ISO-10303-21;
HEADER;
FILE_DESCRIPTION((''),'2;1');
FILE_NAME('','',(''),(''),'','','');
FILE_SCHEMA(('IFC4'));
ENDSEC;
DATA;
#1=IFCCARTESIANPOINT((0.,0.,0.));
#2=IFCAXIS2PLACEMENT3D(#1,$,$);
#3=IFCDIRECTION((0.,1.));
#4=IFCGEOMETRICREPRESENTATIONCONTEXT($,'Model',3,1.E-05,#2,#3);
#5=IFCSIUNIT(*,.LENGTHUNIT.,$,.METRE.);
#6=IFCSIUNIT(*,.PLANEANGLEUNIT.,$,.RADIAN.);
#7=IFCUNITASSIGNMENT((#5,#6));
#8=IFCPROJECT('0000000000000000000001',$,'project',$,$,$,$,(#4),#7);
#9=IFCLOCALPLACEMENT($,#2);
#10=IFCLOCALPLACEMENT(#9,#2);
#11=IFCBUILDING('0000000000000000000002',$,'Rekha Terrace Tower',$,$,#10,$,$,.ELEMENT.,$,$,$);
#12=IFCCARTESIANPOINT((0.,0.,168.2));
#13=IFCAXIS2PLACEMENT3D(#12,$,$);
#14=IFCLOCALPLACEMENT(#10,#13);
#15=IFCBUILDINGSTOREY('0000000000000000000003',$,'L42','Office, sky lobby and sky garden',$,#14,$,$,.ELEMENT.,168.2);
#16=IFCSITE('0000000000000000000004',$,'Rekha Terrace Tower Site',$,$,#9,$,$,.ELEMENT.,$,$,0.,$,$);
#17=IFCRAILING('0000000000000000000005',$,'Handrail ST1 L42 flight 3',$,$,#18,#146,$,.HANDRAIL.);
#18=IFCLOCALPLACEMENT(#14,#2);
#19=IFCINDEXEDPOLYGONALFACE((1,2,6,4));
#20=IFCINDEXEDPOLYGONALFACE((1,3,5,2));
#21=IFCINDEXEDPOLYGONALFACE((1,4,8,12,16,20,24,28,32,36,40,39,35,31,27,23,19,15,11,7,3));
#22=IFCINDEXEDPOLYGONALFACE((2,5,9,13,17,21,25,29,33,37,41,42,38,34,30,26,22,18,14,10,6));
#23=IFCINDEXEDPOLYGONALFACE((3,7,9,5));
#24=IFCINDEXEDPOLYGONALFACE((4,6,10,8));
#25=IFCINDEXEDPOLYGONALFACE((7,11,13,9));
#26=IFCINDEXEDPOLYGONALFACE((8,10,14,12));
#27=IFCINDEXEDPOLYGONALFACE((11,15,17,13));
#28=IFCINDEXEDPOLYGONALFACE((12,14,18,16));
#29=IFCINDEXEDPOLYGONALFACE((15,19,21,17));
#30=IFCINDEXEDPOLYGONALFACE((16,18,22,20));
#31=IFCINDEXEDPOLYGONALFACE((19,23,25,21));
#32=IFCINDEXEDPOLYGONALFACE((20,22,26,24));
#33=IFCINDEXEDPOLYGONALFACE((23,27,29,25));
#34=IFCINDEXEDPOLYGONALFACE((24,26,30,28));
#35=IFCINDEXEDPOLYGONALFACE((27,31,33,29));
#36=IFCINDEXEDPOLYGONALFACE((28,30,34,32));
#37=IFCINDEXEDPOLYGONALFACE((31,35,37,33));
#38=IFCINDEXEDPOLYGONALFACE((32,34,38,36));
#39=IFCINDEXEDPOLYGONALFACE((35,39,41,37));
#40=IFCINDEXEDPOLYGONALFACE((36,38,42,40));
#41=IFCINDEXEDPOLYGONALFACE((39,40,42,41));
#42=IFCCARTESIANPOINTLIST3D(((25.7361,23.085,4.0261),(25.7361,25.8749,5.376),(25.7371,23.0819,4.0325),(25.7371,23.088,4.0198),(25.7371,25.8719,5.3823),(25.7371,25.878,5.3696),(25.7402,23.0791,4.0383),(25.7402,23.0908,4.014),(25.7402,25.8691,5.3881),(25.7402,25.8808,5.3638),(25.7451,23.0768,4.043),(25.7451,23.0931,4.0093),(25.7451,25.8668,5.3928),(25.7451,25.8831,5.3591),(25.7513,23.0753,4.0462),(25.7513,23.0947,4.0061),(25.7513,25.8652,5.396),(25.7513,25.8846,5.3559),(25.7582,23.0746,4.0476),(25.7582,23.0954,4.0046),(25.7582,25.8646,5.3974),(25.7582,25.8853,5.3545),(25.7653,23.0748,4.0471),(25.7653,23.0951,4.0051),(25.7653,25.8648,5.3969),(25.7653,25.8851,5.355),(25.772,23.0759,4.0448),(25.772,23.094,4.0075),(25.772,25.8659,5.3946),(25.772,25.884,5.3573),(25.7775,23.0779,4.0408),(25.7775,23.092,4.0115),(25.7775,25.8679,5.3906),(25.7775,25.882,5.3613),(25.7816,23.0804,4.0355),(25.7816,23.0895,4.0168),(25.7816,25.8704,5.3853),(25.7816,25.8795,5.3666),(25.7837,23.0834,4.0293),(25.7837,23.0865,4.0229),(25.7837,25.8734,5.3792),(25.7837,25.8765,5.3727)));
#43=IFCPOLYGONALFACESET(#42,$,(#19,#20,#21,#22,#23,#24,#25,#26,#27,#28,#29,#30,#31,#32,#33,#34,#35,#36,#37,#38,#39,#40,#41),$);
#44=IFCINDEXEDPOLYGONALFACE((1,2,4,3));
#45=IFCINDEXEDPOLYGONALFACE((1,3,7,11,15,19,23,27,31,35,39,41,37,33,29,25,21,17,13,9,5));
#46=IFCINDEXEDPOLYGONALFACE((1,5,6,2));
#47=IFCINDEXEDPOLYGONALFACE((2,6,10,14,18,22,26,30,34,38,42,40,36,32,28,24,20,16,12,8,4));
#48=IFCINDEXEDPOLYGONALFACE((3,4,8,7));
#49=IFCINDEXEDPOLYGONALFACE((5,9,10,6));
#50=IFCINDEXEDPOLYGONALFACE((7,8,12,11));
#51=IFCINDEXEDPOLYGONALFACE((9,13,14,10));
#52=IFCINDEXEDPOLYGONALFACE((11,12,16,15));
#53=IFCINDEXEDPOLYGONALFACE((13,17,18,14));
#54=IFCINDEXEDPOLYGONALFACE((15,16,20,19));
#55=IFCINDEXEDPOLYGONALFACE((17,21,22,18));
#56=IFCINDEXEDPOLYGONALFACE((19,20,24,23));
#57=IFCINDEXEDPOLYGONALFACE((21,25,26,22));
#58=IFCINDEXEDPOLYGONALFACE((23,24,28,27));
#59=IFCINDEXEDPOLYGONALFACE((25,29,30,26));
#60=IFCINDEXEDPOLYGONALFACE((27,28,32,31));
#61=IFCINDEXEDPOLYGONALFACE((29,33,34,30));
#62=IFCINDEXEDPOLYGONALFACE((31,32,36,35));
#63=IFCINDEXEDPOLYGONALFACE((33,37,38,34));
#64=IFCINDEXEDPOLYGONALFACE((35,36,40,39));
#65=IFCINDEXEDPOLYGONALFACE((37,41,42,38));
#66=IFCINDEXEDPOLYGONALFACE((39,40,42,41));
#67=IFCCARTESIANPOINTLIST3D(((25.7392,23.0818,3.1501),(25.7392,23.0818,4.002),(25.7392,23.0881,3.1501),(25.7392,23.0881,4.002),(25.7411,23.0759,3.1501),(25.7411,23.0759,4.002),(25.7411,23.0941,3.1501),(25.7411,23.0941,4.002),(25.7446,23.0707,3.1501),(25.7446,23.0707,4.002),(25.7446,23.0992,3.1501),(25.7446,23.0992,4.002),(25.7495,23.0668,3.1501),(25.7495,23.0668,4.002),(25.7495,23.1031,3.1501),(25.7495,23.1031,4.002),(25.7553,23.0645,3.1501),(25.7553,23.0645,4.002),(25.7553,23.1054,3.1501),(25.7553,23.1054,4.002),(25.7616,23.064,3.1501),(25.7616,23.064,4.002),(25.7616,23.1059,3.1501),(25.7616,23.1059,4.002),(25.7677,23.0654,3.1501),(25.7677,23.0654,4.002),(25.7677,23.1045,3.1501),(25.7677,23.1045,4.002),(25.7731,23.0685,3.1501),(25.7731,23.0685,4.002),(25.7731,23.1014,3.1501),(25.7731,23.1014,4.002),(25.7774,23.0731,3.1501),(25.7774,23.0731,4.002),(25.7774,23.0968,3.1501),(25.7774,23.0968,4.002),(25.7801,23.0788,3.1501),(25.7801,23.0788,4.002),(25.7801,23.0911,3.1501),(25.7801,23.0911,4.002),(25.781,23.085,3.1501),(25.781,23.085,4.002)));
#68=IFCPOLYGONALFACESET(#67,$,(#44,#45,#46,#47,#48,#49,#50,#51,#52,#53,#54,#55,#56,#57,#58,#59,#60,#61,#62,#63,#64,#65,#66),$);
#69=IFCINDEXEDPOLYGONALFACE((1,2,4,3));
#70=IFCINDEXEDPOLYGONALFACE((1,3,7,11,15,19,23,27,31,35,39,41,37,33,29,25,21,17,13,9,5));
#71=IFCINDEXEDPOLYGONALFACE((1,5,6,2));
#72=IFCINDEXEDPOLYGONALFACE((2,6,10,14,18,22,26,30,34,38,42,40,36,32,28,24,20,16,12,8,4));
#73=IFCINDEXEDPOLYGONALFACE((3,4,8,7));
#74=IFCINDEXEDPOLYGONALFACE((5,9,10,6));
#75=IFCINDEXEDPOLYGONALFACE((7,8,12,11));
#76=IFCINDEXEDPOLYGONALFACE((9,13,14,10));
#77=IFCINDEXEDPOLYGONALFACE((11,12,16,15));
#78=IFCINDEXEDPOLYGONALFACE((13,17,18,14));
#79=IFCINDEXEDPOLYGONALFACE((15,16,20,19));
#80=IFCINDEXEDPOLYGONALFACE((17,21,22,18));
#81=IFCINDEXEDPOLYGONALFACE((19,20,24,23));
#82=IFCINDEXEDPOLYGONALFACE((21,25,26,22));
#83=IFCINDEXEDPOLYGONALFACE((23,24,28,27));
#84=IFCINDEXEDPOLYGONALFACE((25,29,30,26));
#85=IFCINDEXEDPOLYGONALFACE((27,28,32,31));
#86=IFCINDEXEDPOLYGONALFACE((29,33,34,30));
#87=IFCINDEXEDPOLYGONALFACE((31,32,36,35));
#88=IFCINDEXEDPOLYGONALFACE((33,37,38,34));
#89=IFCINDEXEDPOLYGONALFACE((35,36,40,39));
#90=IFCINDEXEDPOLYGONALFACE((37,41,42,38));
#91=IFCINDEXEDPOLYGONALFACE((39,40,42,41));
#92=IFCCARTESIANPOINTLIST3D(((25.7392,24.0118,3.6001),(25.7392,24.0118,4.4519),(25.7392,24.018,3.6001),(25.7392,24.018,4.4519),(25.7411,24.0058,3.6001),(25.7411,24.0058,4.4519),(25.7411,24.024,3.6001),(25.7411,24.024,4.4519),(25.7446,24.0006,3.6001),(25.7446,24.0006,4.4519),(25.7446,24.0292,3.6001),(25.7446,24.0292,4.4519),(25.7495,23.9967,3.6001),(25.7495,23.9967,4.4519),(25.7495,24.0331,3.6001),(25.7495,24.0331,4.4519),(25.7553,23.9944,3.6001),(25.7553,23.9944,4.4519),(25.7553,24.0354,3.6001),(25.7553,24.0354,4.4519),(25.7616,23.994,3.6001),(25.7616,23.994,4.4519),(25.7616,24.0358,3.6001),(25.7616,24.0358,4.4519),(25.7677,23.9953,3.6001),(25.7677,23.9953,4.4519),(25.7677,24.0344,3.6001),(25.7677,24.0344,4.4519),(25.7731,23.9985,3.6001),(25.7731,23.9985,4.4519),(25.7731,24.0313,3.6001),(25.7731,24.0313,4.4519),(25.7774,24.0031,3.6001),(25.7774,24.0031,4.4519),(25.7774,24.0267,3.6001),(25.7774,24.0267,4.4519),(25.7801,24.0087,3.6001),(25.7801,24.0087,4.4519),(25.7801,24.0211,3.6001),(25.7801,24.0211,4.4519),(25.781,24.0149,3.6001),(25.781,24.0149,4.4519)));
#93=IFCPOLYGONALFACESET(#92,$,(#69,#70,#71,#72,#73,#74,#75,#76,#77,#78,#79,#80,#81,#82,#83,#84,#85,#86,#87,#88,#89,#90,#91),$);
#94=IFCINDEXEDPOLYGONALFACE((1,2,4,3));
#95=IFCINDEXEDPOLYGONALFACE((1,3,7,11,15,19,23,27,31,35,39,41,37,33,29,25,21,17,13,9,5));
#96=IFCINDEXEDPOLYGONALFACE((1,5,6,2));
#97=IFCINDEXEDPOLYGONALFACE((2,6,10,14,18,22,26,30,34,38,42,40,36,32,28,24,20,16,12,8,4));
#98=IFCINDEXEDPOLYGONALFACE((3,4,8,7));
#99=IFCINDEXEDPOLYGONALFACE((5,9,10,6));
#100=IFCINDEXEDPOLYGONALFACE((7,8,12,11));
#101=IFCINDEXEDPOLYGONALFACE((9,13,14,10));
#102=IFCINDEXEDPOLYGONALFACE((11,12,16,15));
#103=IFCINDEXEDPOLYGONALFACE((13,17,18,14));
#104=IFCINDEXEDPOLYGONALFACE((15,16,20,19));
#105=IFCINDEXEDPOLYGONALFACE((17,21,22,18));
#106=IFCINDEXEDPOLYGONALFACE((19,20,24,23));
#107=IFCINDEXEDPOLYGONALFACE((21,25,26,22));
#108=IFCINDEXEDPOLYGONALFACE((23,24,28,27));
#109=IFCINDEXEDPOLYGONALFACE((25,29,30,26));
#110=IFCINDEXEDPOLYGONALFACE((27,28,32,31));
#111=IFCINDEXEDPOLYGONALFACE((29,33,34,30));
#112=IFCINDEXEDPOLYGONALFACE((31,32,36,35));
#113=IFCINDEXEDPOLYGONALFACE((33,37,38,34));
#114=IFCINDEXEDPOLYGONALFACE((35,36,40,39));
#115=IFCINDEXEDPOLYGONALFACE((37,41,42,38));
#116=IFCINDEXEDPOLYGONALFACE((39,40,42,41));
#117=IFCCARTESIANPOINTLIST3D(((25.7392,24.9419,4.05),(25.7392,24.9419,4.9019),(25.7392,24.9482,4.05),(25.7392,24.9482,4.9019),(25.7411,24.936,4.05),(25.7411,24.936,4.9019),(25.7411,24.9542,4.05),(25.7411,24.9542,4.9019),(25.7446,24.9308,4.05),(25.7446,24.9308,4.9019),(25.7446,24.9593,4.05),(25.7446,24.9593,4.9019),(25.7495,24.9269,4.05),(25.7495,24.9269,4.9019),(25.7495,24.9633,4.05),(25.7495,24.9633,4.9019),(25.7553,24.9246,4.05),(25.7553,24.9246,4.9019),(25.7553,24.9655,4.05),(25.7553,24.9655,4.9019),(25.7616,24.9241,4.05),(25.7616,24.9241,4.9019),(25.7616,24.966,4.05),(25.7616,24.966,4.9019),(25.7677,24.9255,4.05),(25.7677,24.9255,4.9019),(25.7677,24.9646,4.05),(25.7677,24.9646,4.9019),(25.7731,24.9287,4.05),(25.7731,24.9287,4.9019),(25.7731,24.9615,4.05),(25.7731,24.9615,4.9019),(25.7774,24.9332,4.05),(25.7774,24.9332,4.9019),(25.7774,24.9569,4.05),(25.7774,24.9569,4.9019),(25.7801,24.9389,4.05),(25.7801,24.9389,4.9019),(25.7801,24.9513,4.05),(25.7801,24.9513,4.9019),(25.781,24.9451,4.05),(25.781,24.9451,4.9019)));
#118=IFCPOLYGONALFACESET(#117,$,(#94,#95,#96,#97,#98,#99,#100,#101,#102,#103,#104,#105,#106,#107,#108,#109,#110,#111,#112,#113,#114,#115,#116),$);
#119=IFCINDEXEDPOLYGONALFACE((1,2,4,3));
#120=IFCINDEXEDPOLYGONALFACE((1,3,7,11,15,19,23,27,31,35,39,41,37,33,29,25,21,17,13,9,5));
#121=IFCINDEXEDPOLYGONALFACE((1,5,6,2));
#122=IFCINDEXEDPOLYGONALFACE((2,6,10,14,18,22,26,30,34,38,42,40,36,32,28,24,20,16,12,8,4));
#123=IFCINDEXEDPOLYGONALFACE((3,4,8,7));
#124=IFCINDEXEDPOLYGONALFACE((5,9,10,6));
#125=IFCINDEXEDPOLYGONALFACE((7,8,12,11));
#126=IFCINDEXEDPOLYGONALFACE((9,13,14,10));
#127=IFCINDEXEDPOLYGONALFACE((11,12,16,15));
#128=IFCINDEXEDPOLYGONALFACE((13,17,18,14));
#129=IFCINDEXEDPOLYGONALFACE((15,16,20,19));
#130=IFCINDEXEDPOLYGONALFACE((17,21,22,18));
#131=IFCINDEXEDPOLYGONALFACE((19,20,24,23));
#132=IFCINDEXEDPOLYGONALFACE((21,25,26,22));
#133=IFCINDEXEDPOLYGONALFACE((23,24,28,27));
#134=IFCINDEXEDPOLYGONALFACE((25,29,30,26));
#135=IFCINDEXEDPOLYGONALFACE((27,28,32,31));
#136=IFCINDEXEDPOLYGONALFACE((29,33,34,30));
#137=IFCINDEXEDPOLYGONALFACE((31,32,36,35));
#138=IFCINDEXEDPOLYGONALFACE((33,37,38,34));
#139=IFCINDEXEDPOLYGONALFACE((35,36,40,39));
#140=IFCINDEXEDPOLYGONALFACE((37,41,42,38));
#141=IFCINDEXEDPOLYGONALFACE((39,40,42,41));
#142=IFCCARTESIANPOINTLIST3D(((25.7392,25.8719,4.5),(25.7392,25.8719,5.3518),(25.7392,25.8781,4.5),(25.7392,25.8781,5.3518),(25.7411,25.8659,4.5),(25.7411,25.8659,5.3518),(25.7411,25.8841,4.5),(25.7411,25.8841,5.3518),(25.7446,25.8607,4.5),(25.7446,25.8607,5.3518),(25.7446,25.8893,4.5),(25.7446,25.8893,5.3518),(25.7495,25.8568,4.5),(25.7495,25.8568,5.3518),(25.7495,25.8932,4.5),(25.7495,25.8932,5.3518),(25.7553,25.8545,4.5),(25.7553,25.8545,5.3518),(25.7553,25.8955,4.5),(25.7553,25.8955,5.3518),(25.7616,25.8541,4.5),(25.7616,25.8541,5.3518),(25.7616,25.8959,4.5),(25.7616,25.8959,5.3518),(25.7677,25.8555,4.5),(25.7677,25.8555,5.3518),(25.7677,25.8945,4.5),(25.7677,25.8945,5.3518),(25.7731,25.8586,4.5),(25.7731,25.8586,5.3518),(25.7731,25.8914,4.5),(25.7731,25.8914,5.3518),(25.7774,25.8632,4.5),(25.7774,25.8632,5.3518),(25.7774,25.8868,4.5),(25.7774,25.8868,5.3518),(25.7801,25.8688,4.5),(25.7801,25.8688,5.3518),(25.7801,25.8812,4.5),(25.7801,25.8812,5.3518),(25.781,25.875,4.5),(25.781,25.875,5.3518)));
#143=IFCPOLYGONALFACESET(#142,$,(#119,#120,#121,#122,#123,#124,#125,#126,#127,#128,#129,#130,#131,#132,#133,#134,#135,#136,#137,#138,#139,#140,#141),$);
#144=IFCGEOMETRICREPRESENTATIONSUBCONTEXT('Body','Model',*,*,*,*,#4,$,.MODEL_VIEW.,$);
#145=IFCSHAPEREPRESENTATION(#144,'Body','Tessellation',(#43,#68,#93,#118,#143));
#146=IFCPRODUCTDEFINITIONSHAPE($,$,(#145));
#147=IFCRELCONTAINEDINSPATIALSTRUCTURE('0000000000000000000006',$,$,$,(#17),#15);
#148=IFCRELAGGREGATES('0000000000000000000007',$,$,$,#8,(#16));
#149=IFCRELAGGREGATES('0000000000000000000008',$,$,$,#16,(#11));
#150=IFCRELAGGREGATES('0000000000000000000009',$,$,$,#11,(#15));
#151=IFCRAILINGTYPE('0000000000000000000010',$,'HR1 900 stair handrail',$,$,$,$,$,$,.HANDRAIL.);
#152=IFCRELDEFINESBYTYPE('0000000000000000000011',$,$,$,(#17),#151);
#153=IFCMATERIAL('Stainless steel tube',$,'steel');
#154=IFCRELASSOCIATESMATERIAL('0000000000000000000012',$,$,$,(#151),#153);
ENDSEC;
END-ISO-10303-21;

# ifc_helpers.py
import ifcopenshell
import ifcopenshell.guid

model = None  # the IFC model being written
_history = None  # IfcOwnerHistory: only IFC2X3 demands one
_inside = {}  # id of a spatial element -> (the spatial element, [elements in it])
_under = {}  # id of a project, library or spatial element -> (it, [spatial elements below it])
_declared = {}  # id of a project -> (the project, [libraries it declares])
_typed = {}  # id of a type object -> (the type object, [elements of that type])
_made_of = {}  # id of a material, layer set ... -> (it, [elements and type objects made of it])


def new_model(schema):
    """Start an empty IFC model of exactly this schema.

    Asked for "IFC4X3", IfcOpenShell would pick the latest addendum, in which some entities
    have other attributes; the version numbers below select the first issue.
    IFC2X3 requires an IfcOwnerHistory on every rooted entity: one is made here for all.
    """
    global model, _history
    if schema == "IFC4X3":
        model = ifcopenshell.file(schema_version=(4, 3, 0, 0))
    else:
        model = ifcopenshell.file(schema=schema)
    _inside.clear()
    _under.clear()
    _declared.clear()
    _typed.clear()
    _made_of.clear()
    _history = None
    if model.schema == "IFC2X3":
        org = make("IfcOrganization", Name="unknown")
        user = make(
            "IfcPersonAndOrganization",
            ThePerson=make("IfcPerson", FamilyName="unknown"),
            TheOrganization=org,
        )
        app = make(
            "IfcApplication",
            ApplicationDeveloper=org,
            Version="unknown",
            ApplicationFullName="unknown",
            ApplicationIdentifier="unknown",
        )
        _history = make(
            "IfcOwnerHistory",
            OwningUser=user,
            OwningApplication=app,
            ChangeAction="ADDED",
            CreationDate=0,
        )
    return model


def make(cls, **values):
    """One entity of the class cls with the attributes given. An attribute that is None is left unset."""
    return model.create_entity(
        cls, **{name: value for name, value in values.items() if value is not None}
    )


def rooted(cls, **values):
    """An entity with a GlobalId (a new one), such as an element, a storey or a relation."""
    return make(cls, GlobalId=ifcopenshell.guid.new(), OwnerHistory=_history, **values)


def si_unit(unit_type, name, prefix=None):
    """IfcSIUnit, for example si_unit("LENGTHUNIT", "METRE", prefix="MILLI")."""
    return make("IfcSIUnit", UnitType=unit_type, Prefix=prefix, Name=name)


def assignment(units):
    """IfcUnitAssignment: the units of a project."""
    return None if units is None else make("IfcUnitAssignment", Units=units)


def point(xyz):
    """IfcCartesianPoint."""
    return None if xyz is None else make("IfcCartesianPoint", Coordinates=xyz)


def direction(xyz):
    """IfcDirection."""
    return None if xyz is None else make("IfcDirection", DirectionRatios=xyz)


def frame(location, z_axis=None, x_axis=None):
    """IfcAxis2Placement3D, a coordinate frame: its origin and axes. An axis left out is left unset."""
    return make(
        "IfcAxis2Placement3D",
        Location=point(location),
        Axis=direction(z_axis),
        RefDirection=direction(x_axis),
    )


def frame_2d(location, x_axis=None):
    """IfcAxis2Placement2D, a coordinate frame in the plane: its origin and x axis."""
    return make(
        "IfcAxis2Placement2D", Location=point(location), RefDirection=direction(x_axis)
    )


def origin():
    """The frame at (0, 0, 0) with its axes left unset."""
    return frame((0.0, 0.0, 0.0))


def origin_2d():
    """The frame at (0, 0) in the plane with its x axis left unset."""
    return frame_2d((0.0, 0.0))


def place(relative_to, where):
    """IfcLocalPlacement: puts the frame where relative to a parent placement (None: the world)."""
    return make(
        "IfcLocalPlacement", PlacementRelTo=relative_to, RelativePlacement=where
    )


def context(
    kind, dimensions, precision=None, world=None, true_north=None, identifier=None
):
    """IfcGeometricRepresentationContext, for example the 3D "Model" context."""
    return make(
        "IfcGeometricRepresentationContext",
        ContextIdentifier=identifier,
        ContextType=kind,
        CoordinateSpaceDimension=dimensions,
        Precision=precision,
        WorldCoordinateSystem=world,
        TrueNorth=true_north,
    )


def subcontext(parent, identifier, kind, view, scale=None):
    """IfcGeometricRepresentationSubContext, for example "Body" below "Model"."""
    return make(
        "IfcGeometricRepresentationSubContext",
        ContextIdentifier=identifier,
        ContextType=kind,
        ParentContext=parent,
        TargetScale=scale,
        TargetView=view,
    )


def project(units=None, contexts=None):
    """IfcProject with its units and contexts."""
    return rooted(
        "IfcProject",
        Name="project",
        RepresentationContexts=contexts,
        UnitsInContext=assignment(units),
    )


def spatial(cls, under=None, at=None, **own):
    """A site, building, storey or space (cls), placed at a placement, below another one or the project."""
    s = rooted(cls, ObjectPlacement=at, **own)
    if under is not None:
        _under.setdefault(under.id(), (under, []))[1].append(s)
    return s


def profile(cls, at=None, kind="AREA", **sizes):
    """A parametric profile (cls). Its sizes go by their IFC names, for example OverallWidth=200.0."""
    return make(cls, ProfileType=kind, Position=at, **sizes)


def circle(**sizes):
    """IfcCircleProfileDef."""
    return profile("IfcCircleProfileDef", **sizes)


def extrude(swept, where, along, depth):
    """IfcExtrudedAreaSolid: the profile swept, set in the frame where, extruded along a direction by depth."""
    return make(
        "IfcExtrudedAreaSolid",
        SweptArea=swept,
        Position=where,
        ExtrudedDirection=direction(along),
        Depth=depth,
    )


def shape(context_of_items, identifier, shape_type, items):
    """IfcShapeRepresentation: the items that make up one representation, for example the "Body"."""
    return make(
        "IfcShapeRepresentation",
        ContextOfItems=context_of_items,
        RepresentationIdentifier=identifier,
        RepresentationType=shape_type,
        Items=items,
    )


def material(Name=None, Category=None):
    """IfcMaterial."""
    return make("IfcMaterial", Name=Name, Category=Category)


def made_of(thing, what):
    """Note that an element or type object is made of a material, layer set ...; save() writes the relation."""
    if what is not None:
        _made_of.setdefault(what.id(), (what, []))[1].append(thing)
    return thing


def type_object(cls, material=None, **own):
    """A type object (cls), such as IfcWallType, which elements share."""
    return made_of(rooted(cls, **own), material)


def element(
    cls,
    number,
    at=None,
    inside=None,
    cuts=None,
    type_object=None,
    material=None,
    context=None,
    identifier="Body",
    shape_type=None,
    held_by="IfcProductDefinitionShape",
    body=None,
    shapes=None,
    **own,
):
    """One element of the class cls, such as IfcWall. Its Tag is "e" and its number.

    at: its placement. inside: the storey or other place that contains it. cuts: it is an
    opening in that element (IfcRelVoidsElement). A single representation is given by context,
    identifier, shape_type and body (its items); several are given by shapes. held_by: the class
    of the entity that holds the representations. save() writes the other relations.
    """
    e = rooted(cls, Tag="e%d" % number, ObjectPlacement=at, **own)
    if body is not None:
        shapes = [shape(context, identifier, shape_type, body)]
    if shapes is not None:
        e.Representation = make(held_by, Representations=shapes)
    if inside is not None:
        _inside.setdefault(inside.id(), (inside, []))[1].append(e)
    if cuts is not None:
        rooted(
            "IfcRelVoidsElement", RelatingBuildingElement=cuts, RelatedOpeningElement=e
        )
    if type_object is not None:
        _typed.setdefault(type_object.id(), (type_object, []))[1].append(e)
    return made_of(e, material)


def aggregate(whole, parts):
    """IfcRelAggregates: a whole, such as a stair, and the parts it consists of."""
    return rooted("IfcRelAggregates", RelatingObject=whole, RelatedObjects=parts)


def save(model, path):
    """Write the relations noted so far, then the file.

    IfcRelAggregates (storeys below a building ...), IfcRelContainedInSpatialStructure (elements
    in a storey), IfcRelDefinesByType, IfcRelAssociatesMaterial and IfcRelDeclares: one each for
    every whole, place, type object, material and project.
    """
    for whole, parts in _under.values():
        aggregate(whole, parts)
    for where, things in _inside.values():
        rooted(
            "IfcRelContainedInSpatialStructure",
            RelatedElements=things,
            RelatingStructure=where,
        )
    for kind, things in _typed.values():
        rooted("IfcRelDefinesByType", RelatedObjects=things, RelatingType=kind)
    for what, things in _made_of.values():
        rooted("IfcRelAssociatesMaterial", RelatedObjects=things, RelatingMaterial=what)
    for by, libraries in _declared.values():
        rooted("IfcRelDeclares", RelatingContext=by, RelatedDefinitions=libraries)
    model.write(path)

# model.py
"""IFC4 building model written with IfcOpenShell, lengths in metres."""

from ifc_helpers import new_model, si_unit, direction, frame, origin, origin_2d, place, context, subcontext, project, spatial, circle, extrude, material, type_object, element, save


model = new_model("IFC4")

# Units and contexts
model_context = context("Model", 3, precision=1e-05, world=origin(), true_north=direction((0.0, 1.0)))
body_context = subcontext(model_context, "Body", "Model", "MODEL_VIEW")
ifc_project = project(units=[si_unit("LENGTHUNIT", "METRE"), si_unit("PLANEANGLEUNIT", "RADIAN")], contexts=[model_context])

# Site, building, storey
site_placement = place(None, origin())
site = spatial("IfcSite", under=ifc_project, at=site_placement, Name="Rekha Terrace Tower Site", CompositionType="ELEMENT", RefElevation=0.0)
building_placement = place(site_placement, origin())
building = spatial("IfcBuilding", under=site, at=building_placement, Name="Rekha Terrace Tower", CompositionType="ELEMENT")
storey_placement = place(building_placement, frame((0.0, 0.0, 168.2)))
storey = spatial("IfcBuildingStorey", under=building, at=storey_placement, Name="L42", Description="Office, sky lobby and sky garden", CompositionType="ELEMENT", Elevation=168.2)

# Railing
ifc_material_1 = material(Name="Stainless steel tube", Category="steel")
railing_type_1 = type_object("IfcRailingType", Name="HR1 900 stair handrail", PredefinedType="HANDRAIL", material=ifc_material_1)
railing_1_placement = place(storey_placement, frame((25.76, 23.085, 3.1501)))
element("IfcRailing", 1, at=railing_1_placement, inside=storey, type_object=railing_type_1, Name="Handrail ST1 L42 flight 3", PredefinedType="HANDRAIL", context=body_context, shape_type="SweptSolid", body=[
    extrude(circle(Radius=0.0239, at=origin_2d()), frame((0.0, 0.0, 0.876), z_axis=(0.0, 0.90018, 0.435518), x_axis=(-1.0, 0.0, 0.0)), (0.0, 0.0, 1.0), 3.0994),
    extrude(circle(Radius=0.021, at=origin_2d()), origin(), (0.0, 0.0, 1.0), 0.8518),
    extrude(circle(Radius=0.021, at=origin_2d()), frame((0.0, 0.9299, 0.45)), (0.0, 0.0, 1.0), 0.8518),
    extrude(circle(Radius=0.021, at=origin_2d()), frame((0.0, 1.8601, 0.8999)), (0.0, 0.0, 1.0), 0.8518),
    extrude(circle(Radius=0.021, at=origin_2d()), frame((0.0, 2.79, 1.3499)), (0.0, 0.0, 1.0), 0.8518),
])

save(model, "model.ifc")
